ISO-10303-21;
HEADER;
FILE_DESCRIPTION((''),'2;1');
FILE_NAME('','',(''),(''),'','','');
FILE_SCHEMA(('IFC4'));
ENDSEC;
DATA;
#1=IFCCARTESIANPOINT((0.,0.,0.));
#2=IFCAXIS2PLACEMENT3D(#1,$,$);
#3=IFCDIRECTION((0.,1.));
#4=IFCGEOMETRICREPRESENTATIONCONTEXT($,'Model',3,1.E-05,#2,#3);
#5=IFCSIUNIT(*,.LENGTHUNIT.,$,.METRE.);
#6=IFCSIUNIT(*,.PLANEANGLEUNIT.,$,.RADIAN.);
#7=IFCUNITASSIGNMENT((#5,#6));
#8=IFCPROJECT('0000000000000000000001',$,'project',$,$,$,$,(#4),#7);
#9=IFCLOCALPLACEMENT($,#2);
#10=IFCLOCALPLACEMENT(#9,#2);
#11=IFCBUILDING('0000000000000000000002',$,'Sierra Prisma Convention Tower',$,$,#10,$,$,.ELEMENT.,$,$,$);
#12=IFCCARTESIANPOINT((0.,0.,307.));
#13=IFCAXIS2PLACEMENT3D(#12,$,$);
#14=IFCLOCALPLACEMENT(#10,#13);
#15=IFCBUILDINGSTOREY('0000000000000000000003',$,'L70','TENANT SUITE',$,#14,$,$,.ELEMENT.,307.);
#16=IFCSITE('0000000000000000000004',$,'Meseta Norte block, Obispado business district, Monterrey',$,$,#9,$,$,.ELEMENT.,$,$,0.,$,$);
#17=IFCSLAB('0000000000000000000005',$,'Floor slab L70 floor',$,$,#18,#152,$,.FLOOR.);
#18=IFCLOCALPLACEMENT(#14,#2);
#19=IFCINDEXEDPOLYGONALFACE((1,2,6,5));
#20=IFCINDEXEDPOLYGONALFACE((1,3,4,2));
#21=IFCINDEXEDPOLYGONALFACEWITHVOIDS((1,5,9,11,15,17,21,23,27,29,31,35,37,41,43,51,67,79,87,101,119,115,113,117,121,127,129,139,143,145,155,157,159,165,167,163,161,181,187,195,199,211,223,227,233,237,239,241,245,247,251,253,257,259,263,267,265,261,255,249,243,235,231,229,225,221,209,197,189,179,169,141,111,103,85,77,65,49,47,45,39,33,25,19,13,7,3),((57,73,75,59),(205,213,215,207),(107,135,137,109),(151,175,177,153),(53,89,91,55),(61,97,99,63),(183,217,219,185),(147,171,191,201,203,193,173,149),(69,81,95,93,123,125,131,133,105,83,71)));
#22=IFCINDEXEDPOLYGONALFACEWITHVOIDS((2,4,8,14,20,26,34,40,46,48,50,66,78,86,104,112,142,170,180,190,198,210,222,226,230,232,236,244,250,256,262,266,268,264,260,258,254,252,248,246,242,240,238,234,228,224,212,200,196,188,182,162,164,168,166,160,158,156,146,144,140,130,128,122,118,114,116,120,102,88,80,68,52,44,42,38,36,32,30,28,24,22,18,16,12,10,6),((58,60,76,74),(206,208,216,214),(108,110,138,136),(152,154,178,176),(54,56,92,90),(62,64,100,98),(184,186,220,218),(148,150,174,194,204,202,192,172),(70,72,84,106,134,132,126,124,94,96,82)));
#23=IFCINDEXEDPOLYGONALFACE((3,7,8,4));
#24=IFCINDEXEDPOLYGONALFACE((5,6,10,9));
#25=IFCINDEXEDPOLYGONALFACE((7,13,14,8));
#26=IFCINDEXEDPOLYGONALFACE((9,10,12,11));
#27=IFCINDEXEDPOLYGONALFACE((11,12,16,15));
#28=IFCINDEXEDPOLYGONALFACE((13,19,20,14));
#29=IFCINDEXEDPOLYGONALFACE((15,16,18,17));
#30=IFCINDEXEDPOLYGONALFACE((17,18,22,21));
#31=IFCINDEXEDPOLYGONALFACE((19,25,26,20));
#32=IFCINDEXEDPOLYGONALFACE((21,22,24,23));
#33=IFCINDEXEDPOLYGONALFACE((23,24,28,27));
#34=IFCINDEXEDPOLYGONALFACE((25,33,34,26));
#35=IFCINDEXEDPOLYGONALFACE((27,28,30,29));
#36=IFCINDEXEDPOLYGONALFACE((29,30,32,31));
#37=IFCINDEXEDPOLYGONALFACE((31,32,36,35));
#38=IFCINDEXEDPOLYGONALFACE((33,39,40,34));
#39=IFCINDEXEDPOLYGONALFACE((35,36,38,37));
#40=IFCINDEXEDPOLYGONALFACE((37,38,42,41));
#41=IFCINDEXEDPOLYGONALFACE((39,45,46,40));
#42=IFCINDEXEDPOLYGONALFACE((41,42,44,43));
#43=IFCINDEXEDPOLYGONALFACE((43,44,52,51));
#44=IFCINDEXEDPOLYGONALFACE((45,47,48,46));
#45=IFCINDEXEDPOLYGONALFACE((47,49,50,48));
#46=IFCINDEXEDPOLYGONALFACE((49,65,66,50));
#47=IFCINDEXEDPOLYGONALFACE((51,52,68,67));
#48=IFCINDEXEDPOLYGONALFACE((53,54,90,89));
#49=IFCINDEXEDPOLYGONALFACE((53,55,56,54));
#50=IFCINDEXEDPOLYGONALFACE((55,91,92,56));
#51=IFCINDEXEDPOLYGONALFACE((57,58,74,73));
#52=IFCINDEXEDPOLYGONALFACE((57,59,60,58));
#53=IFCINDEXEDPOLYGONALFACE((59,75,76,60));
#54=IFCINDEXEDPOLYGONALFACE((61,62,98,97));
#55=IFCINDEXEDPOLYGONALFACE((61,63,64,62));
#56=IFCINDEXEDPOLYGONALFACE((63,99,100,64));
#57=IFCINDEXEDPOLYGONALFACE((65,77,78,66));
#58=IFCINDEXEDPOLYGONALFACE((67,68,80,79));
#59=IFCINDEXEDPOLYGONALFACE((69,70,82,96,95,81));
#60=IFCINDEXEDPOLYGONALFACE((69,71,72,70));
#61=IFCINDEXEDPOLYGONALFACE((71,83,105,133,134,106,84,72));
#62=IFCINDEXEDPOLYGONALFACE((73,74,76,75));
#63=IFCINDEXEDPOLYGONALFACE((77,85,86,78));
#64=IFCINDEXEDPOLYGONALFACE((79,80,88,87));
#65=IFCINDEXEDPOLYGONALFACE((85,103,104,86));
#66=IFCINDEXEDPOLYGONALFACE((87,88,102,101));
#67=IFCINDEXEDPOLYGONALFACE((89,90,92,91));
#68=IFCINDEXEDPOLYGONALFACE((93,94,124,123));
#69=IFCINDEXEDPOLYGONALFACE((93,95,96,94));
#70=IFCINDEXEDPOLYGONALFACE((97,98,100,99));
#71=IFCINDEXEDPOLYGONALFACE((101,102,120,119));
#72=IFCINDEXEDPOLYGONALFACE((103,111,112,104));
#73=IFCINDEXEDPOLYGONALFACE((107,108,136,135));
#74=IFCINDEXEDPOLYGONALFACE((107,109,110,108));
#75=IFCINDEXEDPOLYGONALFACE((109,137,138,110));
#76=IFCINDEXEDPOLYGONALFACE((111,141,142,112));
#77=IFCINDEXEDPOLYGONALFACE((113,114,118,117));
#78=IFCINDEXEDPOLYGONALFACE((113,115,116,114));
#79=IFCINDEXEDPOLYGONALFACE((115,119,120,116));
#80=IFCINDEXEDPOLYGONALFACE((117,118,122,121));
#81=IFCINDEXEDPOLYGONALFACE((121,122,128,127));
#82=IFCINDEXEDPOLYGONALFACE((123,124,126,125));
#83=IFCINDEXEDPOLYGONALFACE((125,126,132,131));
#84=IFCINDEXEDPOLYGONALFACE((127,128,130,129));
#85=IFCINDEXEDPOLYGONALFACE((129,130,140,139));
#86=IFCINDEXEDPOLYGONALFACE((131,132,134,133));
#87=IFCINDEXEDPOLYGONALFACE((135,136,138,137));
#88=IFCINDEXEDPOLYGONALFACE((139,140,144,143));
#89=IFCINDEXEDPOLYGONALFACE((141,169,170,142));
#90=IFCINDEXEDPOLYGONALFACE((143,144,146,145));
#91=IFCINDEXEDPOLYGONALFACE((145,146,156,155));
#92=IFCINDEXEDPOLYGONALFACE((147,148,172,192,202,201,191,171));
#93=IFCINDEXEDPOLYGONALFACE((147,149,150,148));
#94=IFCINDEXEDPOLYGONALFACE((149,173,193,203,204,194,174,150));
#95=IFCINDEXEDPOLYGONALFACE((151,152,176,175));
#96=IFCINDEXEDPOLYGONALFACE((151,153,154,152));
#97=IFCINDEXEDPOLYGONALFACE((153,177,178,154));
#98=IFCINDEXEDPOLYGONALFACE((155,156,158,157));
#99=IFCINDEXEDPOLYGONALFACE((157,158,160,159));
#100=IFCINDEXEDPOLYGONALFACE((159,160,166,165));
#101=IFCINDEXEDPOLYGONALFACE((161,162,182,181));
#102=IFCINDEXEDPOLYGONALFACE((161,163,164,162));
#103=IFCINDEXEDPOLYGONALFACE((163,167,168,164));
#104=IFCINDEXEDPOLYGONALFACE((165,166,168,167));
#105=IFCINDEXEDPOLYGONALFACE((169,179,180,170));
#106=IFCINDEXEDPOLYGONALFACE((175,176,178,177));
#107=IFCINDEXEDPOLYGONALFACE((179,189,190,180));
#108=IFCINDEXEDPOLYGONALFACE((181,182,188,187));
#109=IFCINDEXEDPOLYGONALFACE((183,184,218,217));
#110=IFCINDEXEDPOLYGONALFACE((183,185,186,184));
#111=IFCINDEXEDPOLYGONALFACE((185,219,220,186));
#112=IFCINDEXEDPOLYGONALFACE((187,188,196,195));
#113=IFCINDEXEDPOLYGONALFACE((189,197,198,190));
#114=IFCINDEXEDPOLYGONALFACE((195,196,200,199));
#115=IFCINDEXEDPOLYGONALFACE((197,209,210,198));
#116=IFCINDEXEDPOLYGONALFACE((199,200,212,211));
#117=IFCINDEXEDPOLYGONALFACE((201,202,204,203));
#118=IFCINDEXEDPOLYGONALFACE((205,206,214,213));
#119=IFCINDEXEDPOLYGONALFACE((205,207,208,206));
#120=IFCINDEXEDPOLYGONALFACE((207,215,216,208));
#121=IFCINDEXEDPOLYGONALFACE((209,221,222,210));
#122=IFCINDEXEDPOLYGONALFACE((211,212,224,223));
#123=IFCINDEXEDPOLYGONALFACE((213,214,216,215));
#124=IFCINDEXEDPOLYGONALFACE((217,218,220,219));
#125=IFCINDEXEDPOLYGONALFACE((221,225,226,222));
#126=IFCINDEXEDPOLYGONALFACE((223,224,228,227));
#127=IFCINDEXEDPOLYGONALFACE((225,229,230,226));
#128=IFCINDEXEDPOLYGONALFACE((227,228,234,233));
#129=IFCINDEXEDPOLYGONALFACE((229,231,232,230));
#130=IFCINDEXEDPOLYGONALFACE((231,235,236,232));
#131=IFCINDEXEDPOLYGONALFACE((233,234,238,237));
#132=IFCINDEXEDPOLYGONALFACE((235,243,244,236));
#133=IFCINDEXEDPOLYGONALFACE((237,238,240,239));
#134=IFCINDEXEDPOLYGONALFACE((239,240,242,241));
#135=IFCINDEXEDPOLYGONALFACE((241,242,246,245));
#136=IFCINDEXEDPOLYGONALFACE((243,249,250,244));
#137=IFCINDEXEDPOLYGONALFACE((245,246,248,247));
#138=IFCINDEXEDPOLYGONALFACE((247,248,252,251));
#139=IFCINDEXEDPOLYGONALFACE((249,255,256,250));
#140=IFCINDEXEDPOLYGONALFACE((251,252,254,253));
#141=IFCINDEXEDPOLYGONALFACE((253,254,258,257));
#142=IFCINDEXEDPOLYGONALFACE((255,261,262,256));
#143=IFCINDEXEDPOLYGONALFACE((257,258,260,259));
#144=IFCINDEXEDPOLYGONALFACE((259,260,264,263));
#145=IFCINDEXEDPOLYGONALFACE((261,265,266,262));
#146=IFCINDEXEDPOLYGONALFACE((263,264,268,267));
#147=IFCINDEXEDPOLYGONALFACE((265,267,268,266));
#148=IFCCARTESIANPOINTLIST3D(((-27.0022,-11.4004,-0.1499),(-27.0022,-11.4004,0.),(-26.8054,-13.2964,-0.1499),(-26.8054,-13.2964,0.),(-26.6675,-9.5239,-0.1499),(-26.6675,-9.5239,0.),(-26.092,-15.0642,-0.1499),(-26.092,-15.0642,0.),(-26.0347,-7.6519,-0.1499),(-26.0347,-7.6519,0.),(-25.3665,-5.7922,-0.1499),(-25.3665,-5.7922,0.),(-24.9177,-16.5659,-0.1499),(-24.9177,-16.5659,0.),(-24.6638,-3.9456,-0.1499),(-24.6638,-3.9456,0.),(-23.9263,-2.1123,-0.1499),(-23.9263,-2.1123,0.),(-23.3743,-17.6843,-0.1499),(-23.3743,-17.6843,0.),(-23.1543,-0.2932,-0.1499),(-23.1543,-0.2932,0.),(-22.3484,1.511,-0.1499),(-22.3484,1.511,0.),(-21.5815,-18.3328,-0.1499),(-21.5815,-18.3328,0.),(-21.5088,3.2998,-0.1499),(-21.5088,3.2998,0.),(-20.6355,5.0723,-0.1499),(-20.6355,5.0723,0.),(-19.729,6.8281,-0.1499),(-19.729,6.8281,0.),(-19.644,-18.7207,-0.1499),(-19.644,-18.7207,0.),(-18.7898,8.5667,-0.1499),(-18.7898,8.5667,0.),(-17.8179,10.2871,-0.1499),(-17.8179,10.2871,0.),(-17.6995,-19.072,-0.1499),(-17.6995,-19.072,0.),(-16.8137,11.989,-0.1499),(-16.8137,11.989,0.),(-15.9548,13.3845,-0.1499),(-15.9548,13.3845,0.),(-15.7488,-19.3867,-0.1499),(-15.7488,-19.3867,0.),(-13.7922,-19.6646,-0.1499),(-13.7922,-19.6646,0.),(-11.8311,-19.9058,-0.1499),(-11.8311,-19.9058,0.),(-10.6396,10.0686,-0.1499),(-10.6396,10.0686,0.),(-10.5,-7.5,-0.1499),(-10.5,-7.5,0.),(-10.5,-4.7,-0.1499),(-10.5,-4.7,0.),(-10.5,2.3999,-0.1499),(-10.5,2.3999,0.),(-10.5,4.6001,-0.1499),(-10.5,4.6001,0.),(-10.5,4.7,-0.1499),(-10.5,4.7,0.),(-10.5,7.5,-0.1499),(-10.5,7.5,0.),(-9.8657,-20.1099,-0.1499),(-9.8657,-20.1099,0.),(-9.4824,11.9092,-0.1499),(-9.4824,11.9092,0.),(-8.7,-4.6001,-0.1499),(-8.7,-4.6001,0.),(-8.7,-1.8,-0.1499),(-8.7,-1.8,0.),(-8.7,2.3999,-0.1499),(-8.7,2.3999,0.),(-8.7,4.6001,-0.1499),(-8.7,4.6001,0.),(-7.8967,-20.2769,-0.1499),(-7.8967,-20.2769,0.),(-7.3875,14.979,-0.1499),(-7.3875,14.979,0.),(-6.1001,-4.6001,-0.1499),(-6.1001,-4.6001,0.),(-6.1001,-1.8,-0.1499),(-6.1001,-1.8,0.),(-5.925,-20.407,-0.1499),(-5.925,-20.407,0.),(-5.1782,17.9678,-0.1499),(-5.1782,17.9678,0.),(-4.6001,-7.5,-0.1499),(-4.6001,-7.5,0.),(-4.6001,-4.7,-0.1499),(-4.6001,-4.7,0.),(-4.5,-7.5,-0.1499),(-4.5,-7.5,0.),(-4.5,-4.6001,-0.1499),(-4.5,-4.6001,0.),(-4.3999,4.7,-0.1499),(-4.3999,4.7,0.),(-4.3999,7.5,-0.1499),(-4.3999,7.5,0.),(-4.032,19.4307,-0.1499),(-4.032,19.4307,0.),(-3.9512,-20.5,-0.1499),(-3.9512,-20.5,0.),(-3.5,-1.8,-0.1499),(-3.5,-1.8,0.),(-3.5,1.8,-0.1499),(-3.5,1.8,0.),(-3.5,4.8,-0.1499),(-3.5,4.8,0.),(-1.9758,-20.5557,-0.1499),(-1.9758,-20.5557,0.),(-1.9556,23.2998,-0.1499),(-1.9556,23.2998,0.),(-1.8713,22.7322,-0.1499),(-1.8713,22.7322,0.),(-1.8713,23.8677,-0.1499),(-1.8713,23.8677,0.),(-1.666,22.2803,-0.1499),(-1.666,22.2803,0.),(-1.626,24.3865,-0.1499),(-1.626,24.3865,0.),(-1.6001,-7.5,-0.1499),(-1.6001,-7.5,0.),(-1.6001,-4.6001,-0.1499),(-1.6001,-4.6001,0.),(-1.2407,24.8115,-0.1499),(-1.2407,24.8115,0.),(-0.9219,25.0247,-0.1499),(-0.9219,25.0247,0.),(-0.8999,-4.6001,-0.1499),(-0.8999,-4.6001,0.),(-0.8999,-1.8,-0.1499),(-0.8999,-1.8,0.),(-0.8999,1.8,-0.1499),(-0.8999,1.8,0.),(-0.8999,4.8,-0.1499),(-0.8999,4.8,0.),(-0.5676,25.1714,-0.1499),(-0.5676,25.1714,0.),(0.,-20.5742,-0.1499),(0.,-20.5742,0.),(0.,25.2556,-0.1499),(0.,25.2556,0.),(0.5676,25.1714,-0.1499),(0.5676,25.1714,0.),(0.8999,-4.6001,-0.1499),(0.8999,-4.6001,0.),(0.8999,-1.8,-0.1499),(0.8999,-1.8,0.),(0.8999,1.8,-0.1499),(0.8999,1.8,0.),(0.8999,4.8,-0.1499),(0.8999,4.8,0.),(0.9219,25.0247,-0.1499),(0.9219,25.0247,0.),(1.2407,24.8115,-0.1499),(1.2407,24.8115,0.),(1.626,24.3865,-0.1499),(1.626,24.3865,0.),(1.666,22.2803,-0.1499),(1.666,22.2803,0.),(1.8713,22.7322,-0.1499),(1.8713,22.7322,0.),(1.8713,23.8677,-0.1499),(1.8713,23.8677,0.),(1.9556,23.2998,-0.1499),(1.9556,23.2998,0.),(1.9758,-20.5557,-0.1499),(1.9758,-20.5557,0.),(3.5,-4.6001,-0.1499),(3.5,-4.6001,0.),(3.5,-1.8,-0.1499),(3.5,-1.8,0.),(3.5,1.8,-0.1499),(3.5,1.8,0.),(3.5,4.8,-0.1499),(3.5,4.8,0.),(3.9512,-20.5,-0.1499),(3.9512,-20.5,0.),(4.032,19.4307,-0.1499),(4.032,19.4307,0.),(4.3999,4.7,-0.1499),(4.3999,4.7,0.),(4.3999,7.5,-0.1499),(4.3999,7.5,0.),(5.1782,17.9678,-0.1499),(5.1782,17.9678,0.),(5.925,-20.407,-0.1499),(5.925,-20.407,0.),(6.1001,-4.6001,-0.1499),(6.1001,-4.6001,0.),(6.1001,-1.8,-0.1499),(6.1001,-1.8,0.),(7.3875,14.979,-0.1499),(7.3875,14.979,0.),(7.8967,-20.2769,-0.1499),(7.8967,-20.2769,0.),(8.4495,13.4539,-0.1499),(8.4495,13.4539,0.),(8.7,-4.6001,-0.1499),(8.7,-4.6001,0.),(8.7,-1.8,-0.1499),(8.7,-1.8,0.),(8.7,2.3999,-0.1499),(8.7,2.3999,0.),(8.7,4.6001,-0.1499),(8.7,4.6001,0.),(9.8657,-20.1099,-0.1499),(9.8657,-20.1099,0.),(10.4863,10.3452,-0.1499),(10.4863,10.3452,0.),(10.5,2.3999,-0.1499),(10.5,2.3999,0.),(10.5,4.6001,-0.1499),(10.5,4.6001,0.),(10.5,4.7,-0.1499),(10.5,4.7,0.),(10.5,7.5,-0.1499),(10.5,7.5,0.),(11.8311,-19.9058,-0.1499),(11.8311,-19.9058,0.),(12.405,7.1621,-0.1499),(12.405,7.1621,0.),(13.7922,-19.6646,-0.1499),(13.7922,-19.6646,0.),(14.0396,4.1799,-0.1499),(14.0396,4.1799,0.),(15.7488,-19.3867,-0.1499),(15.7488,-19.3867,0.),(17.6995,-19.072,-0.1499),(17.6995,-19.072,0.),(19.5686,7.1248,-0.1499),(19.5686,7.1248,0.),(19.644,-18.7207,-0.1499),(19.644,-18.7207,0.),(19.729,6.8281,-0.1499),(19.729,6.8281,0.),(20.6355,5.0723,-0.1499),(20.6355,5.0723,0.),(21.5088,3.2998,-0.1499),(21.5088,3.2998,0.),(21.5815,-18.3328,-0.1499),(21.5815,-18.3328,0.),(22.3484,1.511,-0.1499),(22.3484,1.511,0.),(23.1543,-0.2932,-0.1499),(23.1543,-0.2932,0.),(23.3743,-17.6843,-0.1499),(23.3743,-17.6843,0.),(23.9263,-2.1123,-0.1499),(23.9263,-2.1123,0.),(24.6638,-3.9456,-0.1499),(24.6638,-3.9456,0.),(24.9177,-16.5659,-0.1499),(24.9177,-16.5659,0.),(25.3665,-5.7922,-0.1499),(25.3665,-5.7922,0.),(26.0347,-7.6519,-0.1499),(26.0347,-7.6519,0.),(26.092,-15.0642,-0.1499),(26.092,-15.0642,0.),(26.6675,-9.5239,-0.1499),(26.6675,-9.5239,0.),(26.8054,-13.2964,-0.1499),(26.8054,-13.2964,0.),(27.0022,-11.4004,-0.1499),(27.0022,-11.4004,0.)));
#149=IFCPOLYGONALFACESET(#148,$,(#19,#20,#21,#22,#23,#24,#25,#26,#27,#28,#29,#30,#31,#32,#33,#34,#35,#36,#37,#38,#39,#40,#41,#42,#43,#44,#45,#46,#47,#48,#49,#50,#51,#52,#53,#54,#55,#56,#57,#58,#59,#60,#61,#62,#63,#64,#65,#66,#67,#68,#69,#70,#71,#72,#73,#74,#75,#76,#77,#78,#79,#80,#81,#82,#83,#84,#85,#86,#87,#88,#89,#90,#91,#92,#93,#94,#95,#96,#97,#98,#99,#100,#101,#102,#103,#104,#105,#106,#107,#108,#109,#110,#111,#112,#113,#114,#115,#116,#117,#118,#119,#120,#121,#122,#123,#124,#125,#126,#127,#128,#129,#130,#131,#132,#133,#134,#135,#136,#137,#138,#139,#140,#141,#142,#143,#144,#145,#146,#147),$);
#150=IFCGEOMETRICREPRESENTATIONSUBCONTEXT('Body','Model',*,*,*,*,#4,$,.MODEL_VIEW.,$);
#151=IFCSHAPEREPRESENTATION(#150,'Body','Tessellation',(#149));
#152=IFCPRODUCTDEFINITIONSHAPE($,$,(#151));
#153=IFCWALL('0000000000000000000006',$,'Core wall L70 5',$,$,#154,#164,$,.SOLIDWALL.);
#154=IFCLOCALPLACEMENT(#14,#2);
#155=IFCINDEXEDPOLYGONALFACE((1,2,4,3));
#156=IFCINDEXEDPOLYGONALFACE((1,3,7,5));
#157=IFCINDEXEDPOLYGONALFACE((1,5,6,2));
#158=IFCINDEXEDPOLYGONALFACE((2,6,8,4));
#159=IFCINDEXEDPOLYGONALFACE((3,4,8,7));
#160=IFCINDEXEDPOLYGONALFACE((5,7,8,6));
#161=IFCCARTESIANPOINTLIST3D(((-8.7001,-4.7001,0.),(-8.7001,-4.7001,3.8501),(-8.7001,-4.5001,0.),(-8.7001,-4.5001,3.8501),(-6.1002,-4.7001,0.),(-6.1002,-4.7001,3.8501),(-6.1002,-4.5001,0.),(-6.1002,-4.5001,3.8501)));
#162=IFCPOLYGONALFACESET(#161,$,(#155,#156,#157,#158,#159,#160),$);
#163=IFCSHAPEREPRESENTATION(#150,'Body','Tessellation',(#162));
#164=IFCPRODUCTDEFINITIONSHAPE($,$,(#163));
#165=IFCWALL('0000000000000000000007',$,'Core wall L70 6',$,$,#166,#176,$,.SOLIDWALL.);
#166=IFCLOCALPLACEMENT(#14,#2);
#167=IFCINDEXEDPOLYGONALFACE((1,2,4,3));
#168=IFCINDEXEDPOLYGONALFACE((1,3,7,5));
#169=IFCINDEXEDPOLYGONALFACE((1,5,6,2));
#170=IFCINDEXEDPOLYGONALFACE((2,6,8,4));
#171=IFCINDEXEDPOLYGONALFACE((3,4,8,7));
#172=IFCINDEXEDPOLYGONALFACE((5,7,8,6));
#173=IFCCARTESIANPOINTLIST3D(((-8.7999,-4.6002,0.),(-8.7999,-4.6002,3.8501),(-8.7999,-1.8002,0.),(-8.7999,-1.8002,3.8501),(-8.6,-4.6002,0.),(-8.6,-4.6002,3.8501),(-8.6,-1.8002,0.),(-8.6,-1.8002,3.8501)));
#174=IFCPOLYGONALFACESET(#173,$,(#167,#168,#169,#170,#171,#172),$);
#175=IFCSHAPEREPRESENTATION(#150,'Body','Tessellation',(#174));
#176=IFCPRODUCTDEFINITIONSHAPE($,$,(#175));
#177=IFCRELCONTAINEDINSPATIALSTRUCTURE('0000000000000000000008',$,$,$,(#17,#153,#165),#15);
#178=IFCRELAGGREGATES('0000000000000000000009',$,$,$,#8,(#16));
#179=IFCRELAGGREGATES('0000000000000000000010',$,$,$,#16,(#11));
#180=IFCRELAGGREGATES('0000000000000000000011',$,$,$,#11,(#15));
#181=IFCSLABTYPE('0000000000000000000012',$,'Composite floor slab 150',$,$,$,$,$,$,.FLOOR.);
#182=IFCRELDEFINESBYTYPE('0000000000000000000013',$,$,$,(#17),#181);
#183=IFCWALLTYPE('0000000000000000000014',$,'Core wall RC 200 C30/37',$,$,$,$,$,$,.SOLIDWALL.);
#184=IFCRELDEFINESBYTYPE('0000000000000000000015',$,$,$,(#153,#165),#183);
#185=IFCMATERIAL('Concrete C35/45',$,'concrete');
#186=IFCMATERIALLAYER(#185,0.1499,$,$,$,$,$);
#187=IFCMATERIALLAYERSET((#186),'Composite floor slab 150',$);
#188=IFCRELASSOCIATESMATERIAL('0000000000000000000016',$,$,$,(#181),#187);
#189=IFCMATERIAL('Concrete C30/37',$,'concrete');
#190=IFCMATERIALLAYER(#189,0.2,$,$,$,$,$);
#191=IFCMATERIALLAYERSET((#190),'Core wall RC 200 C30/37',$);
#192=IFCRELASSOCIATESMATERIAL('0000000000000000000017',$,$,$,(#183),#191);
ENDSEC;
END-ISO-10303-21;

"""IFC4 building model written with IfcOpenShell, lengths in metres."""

from ifc_helpers import new_model, si_unit, direction, frame, frame_2d, origin, place, context, subcontext, project, spatial, polyline, rectangle, outline, extrude, material, layer, layer_set, type_object, element, save


model = new_model("IFC4")

# Units and contexts
model_context = context("Model", 3, precision=1e-05, world=origin(), true_north=direction((0.0, 1.0)))
body_context = subcontext(model_context, "Body", "Model", "MODEL_VIEW")
ifc_project = project(units=[si_unit("LENGTHUNIT", "METRE"), si_unit("PLANEANGLEUNIT", "RADIAN")], contexts=[model_context])

# Site, building, storey
site_placement = place(None, origin())
site = spatial("IfcSite", under=ifc_project, at=site_placement, Name="Meseta Norte block, Obispado business district, Monterrey", CompositionType="ELEMENT", RefElevation=0.0)
building_placement = place(site_placement, origin())
building = spatial("IfcBuilding", under=site, at=building_placement, Name="Sierra Prisma Convention Tower", CompositionType="ELEMENT")
storey_placement = place(building_placement, frame((0.0, 0.0, 307.0)))
storey = spatial("IfcBuildingStorey", under=building, at=storey_placement, Name="L70", Description="TENANT SUITE", CompositionType="ELEMENT", Elevation=307.0)

# Slab
ifc_material_1 = material(Name="Concrete C35/45", Category="concrete")
ifc_layer_1 = layer(ifc_material_1, 0.1499)
ifc_layer_set_1 = layer_set([ifc_layer_1], Name="Composite floor slab 150")
slab_type = type_object("IfcSlabType", Name="Composite floor slab 150", PredefinedType="FLOOR", material=ifc_layer_set_1)
slab_placement = place(storey_placement, frame((0.0, 0.0, -0.1499)))
element("IfcSlab", 1, at=slab_placement, inside=storey, type_object=slab_type, Name="Floor slab L70 floor", PredefinedType="FLOOR", context=body_context, shape_type="SweptSolid", body=[
    extrude(outline(polyline([(19.729, 6.8281), (19.5686, 7.1248), (14.0396, 4.1799), (12.405, 7.1621), (10.4863, 10.3452), (8.4495, 13.4539), (7.3875, 14.979), (5.1782, 17.9678), (4.032, 19.4307), (1.666, 22.2803), (1.8713, 22.7322), (1.9556, 23.2998), (1.8713, 23.8677), (1.626, 24.3865), (1.2407, 24.8115), (0.9219, 25.0247), (0.5676, 25.1714), (0.0, 25.2556), (-0.5676, 25.1714), (-0.9219, 25.0247), (-1.2407, 24.8115), (-1.626, 24.3865), (-1.8713, 23.8677), (-1.9556, 23.2998), (-1.8713, 22.7322), (-1.666, 22.2803), (-4.032, 19.4307), (-5.1782, 17.9678), (-7.3875, 14.979), (-9.4824, 11.9092), (-10.6396, 10.0686), (-15.9548, 13.3845), (-16.8137, 11.989), (-17.8179, 10.2871), (-18.7898, 8.5667), (-19.729, 6.8281), (-20.6355, 5.0723), (-21.5088, 3.2998), (-22.3484, 1.511), (-23.1543, -0.2932), (-23.9263, -2.1123), (-24.6638, -3.9456), (-25.3665, -5.7922), (-26.0347, -7.6519), (-26.6675, -9.5239), (-27.0022, -11.4004), (-26.8054, -13.2964), (-26.092, -15.0642), (-24.9177, -16.5659), (-23.3743, -17.6843), (-21.5815, -18.3328), (-19.644, -18.7207), (-17.6995, -19.072), (-15.7488, -19.3867), (-13.7922, -19.6646), (-11.8311, -19.9058), (-9.8657, -20.1099), (-7.8967, -20.2769), (-5.925, -20.407), (-3.9512, -20.5), (-1.9758, -20.5557), (0.0, -20.5742), (1.9758, -20.5557), (3.9512, -20.5), (5.925, -20.407), (7.8967, -20.2769), (9.8657, -20.1099), (11.8311, -19.9058), (13.7922, -19.6646), (15.7488, -19.3867), (17.6995, -19.072), (19.644, -18.7207), (21.5815, -18.3328), (23.3743, -17.6843), (24.9177, -16.5659), (26.092, -15.0642), (26.8054, -13.2964), (27.0022, -11.4004), (26.6675, -9.5239), (26.0347, -7.6519), (25.3665, -5.7922), (24.6638, -3.9456), (23.9263, -2.1123), (23.1543, -0.2932), (22.3484, 1.511), (21.5088, 3.2998), (20.6355, 5.0723), (19.729, 6.8281)]), holes=[polyline([(-4.6001, -4.7), (-4.6001, -7.5), (-10.5, -7.5), (-10.5, -4.7), (-4.6001, -4.7)]), polyline([(-4.5, -7.5), (-4.5, -4.6001), (-6.1001, -4.6001), (-8.7, -4.6001), (-8.7, -1.8), (-6.1001, -1.8), (-3.5, -1.8), (-0.8999, -1.8), (-0.8999, -4.6001), (-1.6001, -4.6001), (-1.6001, -7.5), (-4.5, -7.5)]), polyline([(-8.7, 2.3999), (-10.5, 2.3999), (-10.5, 4.6001), (-8.7, 4.6001), (-8.7, 2.3999)]), polyline([(-4.3999, 4.7), (-10.5, 4.7), (-10.5, 7.5), (-4.3999, 7.5), (-4.3999, 4.7)]), polyline([(3.5, -1.8), (6.1001, -1.8), (8.7, -1.8), (8.7, -4.6001), (6.1001, -4.6001), (3.5, -4.6001), (0.8999, -4.6001), (0.8999, -1.8), (3.5, -1.8)]), polyline([(-0.8999, 1.8), (-3.5, 1.8), (-3.5, 4.8), (-0.8999, 4.8), (-0.8999, 1.8)]), polyline([(3.5, 1.8), (0.8999, 1.8), (0.8999, 4.8), (3.5, 4.8), (3.5, 1.8)]), polyline([(10.5, 2.3999), (8.7, 2.3999), (8.7, 4.6001), (10.5, 4.6001), (10.5, 2.3999)]), polyline([(10.5, 4.7), (4.3999, 4.7), (4.3999, 7.5), (10.5, 7.5), (10.5, 4.7)])]), origin(), (0.0, 0.0, 1.0), 0.1499),
])

# Shared definitions
ifc_material_2 = material(Name="Concrete C30/37", Category="concrete")
ifc_layer_2 = layer(ifc_material_2, 0.2)
ifc_layer_set_2 = layer_set([ifc_layer_2], Name="Core wall RC 200 C30/37")
wall_type = type_object("IfcWallType", Name="Core wall RC 200 C30/37", PredefinedType="SOLIDWALL", material=ifc_layer_set_2)

# Walls
wall_1_placement = place(storey_placement, frame((-8.7, -4.6001, 0.0), z_axis=(0.0, 0.0, 1.0), x_axis=(1.0, 0.0, 0.0)))
element("IfcWall", 2, at=wall_1_placement, inside=storey, type_object=wall_type, Name="Core wall L70 5", PredefinedType="SOLIDWALL", context=body_context, shape_type="SweptSolid", body=[
    extrude(rectangle(XDim=2.5999, YDim=0.2, at=frame_2d((1.2998, 0.0))), origin(), (0.0, 0.0, 1.0), 3.8501),
])
wall_2_placement = place(storey_placement, frame((-8.7, -4.6001, 0.0), z_axis=(0.0, 0.0, 1.0), x_axis=(0.0, 1.0, 0.0)))
element("IfcWall", 3, at=wall_2_placement, inside=storey, type_object=wall_type, Name="Core wall L70 6", PredefinedType="SOLIDWALL", context=body_context, shape_type="SweptSolid", body=[
    extrude(rectangle(XDim=2.8, YDim=0.2, at=frame_2d((1.3999, 0.0))), origin(), (0.0, 0.0, 1.0), 3.8501),
])

save(model, "model.ifc")
